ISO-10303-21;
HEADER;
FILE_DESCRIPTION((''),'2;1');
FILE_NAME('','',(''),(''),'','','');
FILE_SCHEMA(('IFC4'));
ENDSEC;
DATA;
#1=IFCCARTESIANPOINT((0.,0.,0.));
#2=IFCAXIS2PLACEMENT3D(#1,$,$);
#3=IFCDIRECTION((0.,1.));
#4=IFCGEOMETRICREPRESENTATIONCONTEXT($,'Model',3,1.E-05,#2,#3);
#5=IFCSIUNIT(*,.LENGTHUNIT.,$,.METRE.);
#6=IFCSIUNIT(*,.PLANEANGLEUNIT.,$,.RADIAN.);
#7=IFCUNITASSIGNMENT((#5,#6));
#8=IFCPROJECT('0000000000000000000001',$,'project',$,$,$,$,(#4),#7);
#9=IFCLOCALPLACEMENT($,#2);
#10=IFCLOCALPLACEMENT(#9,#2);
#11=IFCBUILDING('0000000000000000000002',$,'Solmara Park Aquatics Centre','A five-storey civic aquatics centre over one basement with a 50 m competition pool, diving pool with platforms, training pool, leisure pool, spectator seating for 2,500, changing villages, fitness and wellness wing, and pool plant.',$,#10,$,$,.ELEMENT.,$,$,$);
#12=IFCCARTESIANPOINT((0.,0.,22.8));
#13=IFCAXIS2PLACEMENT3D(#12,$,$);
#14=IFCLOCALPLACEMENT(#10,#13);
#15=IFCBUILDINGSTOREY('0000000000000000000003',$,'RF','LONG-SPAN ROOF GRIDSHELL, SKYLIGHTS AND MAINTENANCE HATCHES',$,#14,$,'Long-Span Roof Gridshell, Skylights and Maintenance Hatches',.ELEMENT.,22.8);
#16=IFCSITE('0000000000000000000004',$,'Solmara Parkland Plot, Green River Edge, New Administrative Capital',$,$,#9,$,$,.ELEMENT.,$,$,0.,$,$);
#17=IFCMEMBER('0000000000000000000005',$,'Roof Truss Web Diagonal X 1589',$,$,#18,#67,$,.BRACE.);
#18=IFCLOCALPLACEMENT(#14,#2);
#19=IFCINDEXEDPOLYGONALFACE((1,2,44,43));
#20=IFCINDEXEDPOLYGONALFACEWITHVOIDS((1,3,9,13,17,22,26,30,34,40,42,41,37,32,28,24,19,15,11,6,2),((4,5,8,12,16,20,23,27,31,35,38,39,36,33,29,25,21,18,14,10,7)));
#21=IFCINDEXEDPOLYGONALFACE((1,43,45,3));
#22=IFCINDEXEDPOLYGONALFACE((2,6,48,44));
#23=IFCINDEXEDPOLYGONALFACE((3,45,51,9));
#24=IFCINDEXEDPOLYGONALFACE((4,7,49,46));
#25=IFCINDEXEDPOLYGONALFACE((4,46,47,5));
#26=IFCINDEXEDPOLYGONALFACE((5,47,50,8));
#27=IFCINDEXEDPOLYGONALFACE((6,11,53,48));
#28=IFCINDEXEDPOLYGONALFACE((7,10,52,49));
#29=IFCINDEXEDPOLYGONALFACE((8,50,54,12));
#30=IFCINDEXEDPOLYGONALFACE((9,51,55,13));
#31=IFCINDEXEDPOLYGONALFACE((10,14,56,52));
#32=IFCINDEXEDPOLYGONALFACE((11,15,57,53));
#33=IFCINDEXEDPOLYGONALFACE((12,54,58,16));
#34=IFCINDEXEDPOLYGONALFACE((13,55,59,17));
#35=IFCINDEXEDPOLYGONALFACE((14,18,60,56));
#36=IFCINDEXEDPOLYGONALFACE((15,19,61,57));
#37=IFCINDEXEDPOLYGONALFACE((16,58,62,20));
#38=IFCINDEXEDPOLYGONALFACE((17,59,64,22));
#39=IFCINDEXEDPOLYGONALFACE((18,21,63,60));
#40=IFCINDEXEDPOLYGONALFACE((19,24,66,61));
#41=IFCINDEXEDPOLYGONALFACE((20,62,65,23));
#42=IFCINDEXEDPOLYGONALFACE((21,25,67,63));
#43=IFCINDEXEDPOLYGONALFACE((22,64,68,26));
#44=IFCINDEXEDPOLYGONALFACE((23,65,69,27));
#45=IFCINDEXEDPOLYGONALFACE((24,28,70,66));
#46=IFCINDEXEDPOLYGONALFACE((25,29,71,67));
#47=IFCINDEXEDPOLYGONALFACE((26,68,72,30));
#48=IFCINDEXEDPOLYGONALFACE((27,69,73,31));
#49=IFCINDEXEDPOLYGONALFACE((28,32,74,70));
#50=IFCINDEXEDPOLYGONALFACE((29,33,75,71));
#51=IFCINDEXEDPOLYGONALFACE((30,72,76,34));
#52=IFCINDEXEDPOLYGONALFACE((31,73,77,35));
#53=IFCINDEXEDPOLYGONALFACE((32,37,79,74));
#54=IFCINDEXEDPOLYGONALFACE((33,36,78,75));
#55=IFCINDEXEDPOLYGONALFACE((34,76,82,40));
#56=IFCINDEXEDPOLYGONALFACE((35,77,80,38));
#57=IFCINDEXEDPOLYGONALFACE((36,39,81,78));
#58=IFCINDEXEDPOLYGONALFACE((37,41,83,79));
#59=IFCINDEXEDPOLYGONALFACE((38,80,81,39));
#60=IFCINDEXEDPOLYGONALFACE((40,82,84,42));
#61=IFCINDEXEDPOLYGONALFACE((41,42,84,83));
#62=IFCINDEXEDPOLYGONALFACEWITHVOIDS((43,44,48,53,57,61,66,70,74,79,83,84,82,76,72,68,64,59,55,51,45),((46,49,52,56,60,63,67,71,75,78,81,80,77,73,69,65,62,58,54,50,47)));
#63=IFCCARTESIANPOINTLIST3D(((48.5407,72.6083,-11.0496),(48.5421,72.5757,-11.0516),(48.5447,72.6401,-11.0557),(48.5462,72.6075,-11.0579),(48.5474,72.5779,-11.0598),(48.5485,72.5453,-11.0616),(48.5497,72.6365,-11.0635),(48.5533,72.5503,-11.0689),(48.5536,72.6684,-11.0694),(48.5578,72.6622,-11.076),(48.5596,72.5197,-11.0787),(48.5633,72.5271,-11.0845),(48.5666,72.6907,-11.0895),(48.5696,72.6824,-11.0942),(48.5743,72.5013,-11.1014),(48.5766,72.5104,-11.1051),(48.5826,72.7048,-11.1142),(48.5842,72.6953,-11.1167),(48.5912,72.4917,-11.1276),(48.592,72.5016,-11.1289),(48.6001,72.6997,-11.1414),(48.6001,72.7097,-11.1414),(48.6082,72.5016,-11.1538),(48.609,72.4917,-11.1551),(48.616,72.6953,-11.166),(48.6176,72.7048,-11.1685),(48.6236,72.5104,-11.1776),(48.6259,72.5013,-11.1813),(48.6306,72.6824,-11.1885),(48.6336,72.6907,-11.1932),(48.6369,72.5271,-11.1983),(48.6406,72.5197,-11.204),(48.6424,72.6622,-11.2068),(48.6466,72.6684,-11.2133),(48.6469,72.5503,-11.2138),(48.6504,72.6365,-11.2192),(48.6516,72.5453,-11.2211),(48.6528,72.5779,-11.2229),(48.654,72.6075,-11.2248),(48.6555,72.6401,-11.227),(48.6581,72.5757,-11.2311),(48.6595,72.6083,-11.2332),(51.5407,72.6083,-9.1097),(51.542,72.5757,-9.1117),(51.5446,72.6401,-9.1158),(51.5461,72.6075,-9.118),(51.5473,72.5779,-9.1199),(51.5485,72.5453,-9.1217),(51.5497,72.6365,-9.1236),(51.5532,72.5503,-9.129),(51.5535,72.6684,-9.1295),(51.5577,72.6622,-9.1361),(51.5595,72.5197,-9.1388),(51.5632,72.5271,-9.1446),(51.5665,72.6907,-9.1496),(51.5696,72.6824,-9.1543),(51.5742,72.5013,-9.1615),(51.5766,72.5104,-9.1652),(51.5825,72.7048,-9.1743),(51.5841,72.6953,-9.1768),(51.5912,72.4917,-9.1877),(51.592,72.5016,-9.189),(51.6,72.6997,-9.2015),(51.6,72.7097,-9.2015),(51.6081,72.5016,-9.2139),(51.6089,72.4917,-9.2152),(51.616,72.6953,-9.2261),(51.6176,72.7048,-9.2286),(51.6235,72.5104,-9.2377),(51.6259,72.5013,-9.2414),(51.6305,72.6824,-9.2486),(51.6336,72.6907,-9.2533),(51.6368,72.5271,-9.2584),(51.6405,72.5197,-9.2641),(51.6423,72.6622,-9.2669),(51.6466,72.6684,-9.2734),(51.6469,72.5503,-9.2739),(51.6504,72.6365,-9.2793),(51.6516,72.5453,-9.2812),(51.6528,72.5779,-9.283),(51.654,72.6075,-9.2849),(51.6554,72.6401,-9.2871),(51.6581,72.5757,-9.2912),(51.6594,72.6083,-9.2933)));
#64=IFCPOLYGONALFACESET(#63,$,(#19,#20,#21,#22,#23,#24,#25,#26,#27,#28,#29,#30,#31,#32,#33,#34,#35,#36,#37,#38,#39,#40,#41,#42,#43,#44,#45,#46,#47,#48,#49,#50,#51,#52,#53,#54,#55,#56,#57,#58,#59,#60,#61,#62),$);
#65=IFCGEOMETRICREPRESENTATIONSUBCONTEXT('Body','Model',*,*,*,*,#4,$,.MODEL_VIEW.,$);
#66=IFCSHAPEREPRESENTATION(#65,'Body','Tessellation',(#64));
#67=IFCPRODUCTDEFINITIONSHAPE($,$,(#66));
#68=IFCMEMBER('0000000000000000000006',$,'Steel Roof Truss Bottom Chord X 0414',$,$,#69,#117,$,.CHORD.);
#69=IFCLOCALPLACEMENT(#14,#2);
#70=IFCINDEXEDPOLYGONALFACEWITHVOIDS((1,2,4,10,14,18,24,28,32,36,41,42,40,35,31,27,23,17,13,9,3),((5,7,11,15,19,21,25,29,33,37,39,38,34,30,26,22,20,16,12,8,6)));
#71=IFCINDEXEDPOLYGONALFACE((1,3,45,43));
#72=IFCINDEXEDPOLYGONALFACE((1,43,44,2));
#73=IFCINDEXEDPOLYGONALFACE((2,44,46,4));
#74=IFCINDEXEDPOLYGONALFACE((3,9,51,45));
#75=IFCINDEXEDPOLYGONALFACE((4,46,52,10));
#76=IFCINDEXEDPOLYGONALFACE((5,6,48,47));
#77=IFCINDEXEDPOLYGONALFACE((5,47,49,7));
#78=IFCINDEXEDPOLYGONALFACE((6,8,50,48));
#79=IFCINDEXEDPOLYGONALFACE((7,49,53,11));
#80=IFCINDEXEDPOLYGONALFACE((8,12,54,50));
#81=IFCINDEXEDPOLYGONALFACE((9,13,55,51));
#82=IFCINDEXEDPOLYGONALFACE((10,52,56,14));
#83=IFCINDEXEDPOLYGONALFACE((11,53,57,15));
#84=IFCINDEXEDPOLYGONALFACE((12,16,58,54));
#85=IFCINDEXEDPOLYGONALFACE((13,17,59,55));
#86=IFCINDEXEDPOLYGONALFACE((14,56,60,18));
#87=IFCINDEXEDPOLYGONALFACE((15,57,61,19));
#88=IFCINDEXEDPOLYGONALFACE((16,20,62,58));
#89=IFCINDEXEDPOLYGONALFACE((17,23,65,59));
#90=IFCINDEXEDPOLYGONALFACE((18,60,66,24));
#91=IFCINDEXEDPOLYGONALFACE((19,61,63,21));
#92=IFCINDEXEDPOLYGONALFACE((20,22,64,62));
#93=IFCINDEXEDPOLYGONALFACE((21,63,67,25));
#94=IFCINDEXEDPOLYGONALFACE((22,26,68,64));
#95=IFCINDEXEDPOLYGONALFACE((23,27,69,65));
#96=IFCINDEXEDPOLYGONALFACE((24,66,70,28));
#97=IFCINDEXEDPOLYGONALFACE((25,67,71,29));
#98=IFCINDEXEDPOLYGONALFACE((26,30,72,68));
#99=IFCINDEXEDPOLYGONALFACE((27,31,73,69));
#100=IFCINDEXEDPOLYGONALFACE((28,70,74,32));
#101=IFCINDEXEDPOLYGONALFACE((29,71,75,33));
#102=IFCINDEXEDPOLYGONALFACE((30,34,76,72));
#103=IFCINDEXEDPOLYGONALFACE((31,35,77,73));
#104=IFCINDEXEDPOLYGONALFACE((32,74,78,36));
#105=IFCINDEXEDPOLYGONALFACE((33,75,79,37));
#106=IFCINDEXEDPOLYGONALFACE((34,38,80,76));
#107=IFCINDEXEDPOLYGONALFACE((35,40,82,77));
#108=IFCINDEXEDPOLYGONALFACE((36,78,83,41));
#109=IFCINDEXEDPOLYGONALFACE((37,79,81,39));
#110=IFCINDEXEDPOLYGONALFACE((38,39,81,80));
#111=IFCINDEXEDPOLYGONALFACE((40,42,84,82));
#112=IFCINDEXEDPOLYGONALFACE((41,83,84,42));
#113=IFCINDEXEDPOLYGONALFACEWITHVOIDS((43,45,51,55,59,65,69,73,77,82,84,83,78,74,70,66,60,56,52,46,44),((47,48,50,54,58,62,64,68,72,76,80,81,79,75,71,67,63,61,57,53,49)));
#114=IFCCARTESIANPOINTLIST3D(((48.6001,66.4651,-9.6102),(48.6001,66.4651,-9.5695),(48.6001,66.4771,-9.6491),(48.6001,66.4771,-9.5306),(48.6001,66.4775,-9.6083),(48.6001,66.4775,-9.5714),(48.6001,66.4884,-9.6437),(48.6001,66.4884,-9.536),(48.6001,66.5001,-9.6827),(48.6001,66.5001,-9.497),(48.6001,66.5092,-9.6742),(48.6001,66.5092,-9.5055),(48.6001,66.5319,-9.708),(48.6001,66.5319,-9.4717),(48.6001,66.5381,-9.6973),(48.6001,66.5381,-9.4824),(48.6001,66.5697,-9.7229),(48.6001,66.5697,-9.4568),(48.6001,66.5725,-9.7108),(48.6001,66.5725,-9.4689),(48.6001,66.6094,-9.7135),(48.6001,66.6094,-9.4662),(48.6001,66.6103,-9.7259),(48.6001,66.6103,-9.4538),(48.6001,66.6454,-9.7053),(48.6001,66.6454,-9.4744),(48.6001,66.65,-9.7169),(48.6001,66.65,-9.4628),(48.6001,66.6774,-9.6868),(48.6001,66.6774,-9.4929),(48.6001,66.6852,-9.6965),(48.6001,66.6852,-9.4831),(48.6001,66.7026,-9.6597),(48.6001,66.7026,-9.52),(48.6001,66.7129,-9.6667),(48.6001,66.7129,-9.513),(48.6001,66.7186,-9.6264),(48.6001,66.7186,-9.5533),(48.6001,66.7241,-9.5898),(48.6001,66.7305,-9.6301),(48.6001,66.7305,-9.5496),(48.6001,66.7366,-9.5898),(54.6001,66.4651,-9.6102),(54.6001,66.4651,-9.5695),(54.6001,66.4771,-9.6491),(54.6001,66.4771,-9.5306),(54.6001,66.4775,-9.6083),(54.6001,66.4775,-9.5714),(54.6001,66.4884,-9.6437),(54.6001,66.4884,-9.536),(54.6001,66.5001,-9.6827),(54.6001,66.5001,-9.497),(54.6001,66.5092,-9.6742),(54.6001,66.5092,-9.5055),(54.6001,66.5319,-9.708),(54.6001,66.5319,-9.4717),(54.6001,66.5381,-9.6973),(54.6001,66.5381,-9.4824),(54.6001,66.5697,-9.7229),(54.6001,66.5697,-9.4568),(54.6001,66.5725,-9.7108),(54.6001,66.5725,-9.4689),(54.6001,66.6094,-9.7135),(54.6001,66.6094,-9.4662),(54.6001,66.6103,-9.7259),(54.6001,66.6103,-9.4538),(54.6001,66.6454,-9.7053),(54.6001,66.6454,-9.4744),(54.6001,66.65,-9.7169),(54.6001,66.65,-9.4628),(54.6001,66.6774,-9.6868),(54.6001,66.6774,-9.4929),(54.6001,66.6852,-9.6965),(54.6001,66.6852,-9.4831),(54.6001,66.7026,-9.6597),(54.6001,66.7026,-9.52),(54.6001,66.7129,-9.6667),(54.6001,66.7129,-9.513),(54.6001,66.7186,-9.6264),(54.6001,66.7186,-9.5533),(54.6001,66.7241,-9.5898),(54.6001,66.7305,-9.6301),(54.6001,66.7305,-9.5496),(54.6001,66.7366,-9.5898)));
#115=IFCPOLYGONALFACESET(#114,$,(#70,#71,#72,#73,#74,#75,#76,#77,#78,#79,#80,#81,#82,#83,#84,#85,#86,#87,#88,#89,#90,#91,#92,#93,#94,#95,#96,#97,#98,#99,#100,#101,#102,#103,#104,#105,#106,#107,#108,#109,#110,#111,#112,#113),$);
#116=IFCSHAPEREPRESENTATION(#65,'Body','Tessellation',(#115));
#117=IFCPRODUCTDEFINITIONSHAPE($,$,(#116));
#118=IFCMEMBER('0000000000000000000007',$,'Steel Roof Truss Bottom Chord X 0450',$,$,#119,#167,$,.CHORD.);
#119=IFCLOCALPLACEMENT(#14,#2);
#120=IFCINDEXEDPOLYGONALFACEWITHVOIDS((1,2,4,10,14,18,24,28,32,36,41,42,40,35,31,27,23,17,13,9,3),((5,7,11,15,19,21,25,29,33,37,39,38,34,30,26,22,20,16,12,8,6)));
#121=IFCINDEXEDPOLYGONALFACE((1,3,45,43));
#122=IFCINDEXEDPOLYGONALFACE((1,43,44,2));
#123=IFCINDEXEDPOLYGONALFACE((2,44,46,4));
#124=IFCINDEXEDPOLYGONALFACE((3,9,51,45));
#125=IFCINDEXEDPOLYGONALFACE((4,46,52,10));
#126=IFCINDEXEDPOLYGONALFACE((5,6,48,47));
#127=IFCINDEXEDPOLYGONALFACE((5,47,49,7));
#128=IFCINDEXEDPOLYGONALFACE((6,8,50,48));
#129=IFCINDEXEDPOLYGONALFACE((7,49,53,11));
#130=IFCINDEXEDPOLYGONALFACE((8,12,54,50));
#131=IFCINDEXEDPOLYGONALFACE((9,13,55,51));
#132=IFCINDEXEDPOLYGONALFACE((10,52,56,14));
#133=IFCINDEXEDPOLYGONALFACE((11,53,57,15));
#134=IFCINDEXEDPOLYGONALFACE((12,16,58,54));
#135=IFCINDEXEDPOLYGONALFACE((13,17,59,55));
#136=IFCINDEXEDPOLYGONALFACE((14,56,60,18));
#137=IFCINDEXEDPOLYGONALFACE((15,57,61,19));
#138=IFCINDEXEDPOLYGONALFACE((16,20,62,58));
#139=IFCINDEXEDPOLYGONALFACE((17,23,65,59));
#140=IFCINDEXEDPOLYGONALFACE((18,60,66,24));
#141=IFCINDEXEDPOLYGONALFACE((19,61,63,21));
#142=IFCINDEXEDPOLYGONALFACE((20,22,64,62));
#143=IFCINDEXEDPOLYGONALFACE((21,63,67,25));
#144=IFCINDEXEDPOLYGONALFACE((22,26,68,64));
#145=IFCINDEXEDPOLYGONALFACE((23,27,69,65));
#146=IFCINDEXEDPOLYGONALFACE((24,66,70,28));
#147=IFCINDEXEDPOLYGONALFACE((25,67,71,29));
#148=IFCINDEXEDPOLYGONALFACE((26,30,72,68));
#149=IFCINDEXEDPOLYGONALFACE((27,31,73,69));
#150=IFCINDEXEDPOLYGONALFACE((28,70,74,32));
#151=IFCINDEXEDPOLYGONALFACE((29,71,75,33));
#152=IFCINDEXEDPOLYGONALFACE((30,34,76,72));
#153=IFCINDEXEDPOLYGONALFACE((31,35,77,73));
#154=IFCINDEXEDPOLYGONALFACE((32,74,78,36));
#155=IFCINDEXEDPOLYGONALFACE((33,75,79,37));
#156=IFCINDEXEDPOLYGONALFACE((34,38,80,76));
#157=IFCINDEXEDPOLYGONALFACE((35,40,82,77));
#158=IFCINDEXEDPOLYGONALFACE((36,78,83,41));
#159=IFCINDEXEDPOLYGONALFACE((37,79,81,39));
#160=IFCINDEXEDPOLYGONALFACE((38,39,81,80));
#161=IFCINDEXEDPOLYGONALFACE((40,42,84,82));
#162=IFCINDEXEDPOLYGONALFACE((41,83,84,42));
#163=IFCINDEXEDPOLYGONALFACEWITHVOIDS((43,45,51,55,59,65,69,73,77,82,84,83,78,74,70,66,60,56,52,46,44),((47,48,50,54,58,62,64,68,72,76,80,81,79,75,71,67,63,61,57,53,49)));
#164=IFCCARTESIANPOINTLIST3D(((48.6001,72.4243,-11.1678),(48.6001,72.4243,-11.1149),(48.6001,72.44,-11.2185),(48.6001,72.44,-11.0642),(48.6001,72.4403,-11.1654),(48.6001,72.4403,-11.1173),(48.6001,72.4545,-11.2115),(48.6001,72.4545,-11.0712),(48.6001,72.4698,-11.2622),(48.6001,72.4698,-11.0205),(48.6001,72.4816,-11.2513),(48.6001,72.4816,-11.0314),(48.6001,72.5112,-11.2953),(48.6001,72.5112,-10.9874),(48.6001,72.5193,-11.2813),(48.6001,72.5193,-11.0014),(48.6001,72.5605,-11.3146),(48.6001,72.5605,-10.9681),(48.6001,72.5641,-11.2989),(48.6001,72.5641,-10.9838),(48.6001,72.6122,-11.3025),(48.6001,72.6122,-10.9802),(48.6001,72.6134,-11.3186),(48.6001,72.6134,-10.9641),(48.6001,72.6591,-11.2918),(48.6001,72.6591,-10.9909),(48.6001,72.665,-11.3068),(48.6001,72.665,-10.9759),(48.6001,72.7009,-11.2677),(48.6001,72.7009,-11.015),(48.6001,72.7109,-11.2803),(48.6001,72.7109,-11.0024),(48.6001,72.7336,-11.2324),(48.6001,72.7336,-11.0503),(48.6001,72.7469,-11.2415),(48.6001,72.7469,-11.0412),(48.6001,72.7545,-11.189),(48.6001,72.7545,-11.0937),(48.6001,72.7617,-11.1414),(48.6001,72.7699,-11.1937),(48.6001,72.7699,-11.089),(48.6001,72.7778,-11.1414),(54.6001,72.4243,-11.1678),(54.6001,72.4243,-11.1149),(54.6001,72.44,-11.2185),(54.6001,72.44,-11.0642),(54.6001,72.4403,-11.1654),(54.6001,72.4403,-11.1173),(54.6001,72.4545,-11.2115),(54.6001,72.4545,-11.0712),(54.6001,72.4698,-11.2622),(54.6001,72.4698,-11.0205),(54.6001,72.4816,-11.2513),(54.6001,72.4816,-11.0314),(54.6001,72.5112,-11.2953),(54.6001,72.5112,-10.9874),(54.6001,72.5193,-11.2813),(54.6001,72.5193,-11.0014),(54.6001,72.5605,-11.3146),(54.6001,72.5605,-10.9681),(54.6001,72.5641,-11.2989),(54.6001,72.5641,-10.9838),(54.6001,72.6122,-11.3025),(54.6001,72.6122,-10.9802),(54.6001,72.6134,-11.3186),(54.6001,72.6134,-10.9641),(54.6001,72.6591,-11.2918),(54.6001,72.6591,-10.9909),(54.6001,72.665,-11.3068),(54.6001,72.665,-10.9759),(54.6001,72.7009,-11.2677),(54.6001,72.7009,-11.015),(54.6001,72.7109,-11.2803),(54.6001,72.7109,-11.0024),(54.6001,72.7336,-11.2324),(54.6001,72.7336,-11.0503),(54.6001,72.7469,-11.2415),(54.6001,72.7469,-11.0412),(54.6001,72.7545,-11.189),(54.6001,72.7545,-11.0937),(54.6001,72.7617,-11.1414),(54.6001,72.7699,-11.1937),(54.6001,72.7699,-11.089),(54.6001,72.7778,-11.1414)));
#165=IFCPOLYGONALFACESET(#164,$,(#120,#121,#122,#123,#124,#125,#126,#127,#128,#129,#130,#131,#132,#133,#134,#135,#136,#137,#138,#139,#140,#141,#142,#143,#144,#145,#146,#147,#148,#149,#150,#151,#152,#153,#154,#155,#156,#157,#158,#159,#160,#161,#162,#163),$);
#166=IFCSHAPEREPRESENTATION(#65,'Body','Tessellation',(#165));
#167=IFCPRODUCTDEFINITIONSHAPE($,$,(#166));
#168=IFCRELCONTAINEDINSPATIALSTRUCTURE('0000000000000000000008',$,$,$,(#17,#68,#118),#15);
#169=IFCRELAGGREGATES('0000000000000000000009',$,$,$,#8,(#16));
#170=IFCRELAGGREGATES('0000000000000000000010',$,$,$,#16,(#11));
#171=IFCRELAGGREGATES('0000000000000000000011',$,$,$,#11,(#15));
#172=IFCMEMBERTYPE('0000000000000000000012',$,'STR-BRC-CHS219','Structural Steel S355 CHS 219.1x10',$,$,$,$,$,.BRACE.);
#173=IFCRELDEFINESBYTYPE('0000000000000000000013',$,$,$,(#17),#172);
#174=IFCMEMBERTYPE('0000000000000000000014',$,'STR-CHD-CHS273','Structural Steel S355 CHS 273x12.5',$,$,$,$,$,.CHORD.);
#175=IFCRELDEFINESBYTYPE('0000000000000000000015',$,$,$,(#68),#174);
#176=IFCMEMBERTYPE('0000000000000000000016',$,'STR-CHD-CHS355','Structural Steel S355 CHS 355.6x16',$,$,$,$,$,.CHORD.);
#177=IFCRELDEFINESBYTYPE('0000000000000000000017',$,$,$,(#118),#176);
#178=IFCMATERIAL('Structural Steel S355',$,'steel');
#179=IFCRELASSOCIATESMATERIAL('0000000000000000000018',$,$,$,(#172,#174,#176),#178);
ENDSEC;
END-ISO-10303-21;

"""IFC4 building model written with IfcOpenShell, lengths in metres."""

from ifc_helpers import new_model, si_unit, direction, frame, origin, origin_2d, place, context, subcontext, project, spatial, hollow_circle, extrude, material, material_profile, profile_set, type_object, element, save


model = new_model("IFC4")

# Units and contexts
model_context = context("Model", 3, precision=1e-05, world=origin(), true_north=direction((0.0, 1.0)))
body_context = subcontext(model_context, "Body", "Model", "MODEL_VIEW")
ifc_project = project(units=[si_unit("LENGTHUNIT", "METRE"), si_unit("PLANEANGLEUNIT", "RADIAN")], contexts=[model_context])

# Site, building, storey
site_placement = place(None, origin())
site = spatial("IfcSite", under=ifc_project, at=site_placement, Name="Solmara Parkland Plot, Green River Edge, New Administrative Capital", CompositionType="ELEMENT", RefElevation=0.0)
building_placement = place(site_placement, origin())
building = spatial("IfcBuilding", under=site, at=building_placement, Name="Solmara Park Aquatics Centre", Description="A five-storey civic aquatics centre over one basement with a 50 m competition pool, diving pool with platforms, training pool, leisure pool, spectator seating for 2,500, changing villages, fitness and wellness wing, and pool plant.", CompositionType="ELEMENT")
storey_placement = place(building_placement, frame((0.0, 0.0, 22.8)))
storey = spatial("IfcBuildingStorey", under=building, at=storey_placement, Name="RF", Description="LONG-SPAN ROOF GRIDSHELL, SKYLIGHTS AND MAINTENANCE HATCHES", LongName="Long-Span Roof Gridshell, Skylights and Maintenance Hatches", CompositionType="ELEMENT", Elevation=22.8)

# Members
ifc_material_1 = material(Name="Structural Steel S355", Category="steel")
ifc_material_profile_1 = material_profile(ifc_material_1, hollow_circle(Radius=0.1096, WallThickness=0.01, at=origin_2d()), Name="CHS 219.1x10")
ifc_profile_set_1 = profile_set([ifc_material_profile_1], Name="Structural Steel S355")
member_type_1 = type_object("IfcMemberType", Name="STR-BRC-CHS219", Description="Structural Steel S355 CHS 219.1x10", PredefinedType="BRACE", material=ifc_profile_set_1)
for number, where, z_axis, x_axis, name in (
    (1, (48.6001, 72.6001, -11.1414), (0.839728, 0.0, 0.543008), (0.0, 1.0, 0.0), "Roof Truss Web Diagonal X 1589"),
):
    element("IfcMember", number, at=place(storey_placement, frame(where, z_axis=z_axis, x_axis=x_axis)), inside=storey, type_object=member_type_1, Name=name, PredefinedType="BRACE", context=body_context, shape_type="SweptSolid", body=[
        extrude(hollow_circle(Radius=0.1096, WallThickness=0.01, at=origin_2d()), origin(), (0.0, 0.0, 1.0), 3.5725),
    ])
ifc_material_profile_2 = material_profile(ifc_material_1, hollow_circle(Radius=0.1365, WallThickness=0.0125, at=origin_2d()), Name="CHS 273x12.5")
ifc_profile_set_2 = profile_set([ifc_material_profile_2], Name="Structural Steel S355")
member_type_2 = type_object("IfcMemberType", Name="STR-CHD-CHS273", Description="Structural Steel S355 CHS 273x12.5", PredefinedType="CHORD", material=ifc_profile_set_2)
member_1_placement = place(storey_placement, frame((48.6001, 66.6001, -9.5898), z_axis=(1.0, 0.0, 0.0), x_axis=(0.0, 1.0, 0.0)))
element("IfcMember", 2, at=member_1_placement, inside=storey, type_object=member_type_2, Name="Steel Roof Truss Bottom Chord X 0414", PredefinedType="CHORD", context=body_context, shape_type="SweptSolid", body=[
    extrude(hollow_circle(Radius=0.1365, WallThickness=0.0125, at=origin_2d()), origin(), (0.0, 0.0, 1.0), 6.0),
])
ifc_material_profile_3 = material_profile(ifc_material_1, hollow_circle(Radius=0.1777, WallThickness=0.0161, at=origin_2d()), Name="CHS 355.6x16")
ifc_profile_set_3 = profile_set([ifc_material_profile_3], Name="Structural Steel S355")
member_type_3 = type_object("IfcMemberType", Name="STR-CHD-CHS355", Description="Structural Steel S355 CHS 355.6x16", PredefinedType="CHORD", material=ifc_profile_set_3)
member_2_placement = place(storey_placement, frame((48.6001, 72.6001, -11.1414), z_axis=(1.0, 0.0, 0.0), x_axis=(0.0, 1.0, 0.0)))
element("IfcMember", 3, at=member_2_placement, inside=storey, type_object=member_type_3, Name="Steel Roof Truss Bottom Chord X 0450", PredefinedType="CHORD", context=body_context, shape_type="SweptSolid", body=[
    extrude(hollow_circle(Radius=0.1777, WallThickness=0.0161, at=origin_2d()), origin(), (0.0, 0.0, 1.0), 6.0),
])

save(model, "model.ifc")
